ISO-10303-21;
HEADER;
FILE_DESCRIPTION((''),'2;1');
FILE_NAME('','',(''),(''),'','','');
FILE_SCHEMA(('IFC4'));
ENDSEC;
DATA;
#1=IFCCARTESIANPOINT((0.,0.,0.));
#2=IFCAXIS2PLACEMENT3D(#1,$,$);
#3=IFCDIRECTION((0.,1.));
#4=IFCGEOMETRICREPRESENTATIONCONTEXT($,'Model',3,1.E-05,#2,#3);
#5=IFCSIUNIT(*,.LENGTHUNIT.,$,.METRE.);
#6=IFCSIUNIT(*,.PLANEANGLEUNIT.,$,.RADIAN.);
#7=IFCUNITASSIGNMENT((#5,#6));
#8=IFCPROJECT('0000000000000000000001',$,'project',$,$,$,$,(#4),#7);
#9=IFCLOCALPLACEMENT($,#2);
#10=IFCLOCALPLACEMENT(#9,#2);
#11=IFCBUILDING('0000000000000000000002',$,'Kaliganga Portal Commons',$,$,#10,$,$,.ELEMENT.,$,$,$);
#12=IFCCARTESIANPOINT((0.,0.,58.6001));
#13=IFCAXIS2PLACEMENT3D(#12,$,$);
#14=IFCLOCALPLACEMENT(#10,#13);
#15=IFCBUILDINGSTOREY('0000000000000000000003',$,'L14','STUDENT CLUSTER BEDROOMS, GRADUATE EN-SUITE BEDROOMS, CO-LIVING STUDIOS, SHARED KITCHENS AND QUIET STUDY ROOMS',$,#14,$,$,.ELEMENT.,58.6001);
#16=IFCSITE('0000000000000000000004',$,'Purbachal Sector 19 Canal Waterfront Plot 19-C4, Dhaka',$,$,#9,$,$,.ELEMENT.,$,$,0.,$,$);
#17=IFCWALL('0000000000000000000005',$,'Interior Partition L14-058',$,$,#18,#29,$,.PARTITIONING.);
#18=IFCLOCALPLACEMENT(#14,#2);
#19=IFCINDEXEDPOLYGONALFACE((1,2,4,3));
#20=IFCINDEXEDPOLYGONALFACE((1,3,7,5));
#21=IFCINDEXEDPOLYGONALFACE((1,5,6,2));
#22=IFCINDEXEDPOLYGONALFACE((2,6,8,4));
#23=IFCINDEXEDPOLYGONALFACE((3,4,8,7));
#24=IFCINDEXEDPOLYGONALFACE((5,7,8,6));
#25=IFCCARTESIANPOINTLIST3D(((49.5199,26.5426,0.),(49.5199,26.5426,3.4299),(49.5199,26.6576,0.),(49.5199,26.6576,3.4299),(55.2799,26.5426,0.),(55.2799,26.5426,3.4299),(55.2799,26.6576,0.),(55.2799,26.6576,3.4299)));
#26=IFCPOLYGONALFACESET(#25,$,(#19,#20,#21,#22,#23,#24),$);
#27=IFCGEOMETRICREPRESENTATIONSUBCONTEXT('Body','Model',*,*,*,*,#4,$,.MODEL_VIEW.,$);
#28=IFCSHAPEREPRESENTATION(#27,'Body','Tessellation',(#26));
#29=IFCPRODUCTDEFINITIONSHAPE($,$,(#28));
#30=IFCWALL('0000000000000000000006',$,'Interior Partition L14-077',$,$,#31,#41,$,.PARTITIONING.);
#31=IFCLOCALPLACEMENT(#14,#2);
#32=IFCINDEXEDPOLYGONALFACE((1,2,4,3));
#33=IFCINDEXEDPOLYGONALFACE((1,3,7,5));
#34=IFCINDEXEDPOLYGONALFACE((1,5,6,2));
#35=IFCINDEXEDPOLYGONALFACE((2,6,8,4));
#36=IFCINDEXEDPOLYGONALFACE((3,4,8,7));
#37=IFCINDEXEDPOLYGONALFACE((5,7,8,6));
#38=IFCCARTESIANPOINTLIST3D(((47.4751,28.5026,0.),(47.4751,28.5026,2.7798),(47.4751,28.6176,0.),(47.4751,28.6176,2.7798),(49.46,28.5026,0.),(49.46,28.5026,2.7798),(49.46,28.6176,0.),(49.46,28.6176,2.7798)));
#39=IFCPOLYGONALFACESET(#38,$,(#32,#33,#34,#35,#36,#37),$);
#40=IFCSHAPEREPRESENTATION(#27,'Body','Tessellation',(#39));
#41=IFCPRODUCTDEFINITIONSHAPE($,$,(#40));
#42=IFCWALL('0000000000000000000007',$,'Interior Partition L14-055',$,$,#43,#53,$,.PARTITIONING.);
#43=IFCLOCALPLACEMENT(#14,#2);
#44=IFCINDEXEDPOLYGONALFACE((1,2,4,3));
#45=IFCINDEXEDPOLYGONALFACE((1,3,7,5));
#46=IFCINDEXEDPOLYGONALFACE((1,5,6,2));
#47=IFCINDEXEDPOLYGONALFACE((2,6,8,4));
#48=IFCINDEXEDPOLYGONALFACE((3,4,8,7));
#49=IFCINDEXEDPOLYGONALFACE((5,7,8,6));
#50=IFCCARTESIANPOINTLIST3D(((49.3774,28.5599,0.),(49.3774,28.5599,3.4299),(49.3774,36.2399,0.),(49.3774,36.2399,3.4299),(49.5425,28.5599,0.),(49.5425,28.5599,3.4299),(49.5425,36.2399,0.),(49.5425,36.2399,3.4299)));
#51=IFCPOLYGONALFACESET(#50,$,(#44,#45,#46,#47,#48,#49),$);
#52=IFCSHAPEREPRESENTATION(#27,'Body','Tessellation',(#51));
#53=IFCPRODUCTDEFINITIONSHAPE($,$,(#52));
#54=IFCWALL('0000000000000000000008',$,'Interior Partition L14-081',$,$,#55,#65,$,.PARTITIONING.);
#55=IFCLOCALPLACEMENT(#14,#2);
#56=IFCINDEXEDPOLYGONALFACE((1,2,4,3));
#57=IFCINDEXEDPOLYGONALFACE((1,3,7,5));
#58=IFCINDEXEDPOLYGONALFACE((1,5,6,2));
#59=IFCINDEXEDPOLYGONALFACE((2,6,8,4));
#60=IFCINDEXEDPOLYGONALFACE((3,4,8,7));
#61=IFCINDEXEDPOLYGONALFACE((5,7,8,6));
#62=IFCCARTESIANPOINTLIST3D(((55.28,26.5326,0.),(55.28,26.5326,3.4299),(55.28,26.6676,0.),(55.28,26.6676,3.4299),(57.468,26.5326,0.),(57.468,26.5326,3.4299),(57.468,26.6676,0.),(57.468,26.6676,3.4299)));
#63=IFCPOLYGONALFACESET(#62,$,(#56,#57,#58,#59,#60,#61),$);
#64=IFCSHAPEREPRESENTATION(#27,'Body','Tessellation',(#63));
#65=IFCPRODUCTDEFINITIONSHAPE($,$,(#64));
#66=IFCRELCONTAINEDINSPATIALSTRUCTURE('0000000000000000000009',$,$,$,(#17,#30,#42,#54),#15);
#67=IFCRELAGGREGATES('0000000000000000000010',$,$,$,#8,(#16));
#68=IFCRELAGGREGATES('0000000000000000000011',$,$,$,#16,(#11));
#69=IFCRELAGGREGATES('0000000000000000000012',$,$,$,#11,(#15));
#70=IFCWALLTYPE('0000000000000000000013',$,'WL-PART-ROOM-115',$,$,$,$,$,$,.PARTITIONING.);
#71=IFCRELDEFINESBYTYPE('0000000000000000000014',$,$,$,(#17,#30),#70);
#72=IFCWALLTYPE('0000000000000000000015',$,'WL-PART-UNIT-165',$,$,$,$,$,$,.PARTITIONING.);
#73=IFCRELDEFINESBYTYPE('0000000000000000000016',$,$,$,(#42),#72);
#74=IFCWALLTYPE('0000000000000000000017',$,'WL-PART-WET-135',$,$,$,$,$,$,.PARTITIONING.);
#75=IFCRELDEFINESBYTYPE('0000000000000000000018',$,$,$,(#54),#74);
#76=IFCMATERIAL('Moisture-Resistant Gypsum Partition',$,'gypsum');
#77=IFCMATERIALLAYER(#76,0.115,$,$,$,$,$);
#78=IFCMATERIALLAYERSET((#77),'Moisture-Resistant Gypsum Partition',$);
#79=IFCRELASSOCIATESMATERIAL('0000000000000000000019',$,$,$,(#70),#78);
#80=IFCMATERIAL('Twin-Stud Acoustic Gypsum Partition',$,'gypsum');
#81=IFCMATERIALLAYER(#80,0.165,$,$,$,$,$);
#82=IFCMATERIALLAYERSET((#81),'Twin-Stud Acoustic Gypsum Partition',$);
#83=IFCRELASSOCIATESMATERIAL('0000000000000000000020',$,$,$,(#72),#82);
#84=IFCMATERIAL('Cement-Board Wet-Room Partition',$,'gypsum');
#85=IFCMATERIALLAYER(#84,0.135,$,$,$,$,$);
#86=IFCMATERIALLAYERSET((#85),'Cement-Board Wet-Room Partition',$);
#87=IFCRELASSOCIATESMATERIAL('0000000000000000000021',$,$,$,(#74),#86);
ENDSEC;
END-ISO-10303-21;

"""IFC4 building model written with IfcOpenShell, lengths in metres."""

from ifc_helpers import new_model, si_unit, direction, frame, frame_2d, origin, place, context, subcontext, project, spatial, rectangle, extrude, material, layer, layer_set, type_object, element, save


model = new_model("IFC4")

# Units and contexts
model_context = context("Model", 3, precision=1e-05, world=origin(), true_north=direction((0.0, 1.0)))
body_context = subcontext(model_context, "Body", "Model", "MODEL_VIEW")
ifc_project = project(units=[si_unit("LENGTHUNIT", "METRE"), si_unit("PLANEANGLEUNIT", "RADIAN")], contexts=[model_context])

# Site, building, storey
site_placement = place(None, origin())
site = spatial("IfcSite", under=ifc_project, at=site_placement, Name="Purbachal Sector 19 Canal Waterfront Plot 19-C4, Dhaka", CompositionType="ELEMENT", RefElevation=0.0)
building_placement = place(site_placement, origin())
building = spatial("IfcBuilding", under=site, at=building_placement, Name="Kaliganga Portal Commons", CompositionType="ELEMENT")
storey_placement = place(building_placement, frame((0.0, 0.0, 58.6001)))
storey = spatial("IfcBuildingStorey", under=building, at=storey_placement, Name="L14", Description="STUDENT CLUSTER BEDROOMS, GRADUATE EN-SUITE BEDROOMS, CO-LIVING STUDIOS, SHARED KITCHENS AND QUIET STUDY ROOMS", CompositionType="ELEMENT", Elevation=58.6001)

# Walls
ifc_material_1 = material(Name="Moisture-Resistant Gypsum Partition", Category="gypsum")
ifc_layer_1 = layer(ifc_material_1, 0.115)
ifc_layer_set_1 = layer_set([ifc_layer_1], Name="Moisture-Resistant Gypsum Partition")
wall_type_1 = type_object("IfcWallType", Name="WL-PART-ROOM-115", PredefinedType="PARTITIONING", material=ifc_layer_set_1)
wall_1_placement = place(storey_placement, frame((49.52, 26.6001, 0.0), z_axis=(0.0, 0.0, 1.0), x_axis=(1.0, 0.0, 0.0)))
element("IfcWall", 1, at=wall_1_placement, inside=storey, type_object=wall_type_1, Name="Interior Partition L14-058", PredefinedType="PARTITIONING", context=body_context, shape_type="SweptSolid", body=[
    extrude(rectangle(XDim=5.76, YDim=0.115, at=frame_2d((2.8799, 0.0))), origin(), (0.0, 0.0, 1.0), 3.4299),
])
wall_2_placement = place(storey_placement, frame((47.4751, 28.5601, 0.0), z_axis=(0.0, 0.0, 1.0), x_axis=(1.0, 0.0, 0.0)))
element("IfcWall", 2, at=wall_2_placement, inside=storey, type_object=wall_type_1, Name="Interior Partition L14-077", PredefinedType="PARTITIONING", context=body_context, shape_type="SweptSolid", body=[
    extrude(rectangle(XDim=1.9849, YDim=0.115, at=frame_2d((0.9924, 0.0))), origin(), (0.0, 0.0, 1.0), 2.7798),
])
ifc_material_2 = material(Name="Twin-Stud Acoustic Gypsum Partition", Category="gypsum")
ifc_layer_2 = layer(ifc_material_2, 0.165)
ifc_layer_set_2 = layer_set([ifc_layer_2], Name="Twin-Stud Acoustic Gypsum Partition")
wall_type_2 = type_object("IfcWallType", Name="WL-PART-UNIT-165", PredefinedType="PARTITIONING", material=ifc_layer_set_2)
wall_3_placement = place(storey_placement, frame((49.46, 28.5601, 0.0), z_axis=(0.0, 0.0, 1.0), x_axis=(0.0, 1.0, 0.0)))
element("IfcWall", 3, at=wall_3_placement, inside=storey, type_object=wall_type_2, Name="Interior Partition L14-055", PredefinedType="PARTITIONING", context=body_context, shape_type="SweptSolid", body=[
    extrude(rectangle(XDim=7.6799, YDim=0.165, at=frame_2d((3.8398, 0.0))), origin(), (0.0, 0.0, 1.0), 3.4299),
])
ifc_material_3 = material(Name="Cement-Board Wet-Room Partition", Category="gypsum")
ifc_layer_3 = layer(ifc_material_3, 0.135)
ifc_layer_set_3 = layer_set([ifc_layer_3], Name="Cement-Board Wet-Room Partition")
wall_type_3 = type_object("IfcWallType", Name="WL-PART-WET-135", PredefinedType="PARTITIONING", material=ifc_layer_set_3)
wall_4_placement = place(storey_placement, frame((55.28, 26.6001, 0.0), z_axis=(0.0, 0.0, 1.0), x_axis=(1.0, 0.0, 0.0)))
element("IfcWall", 4, at=wall_4_placement, inside=storey, type_object=wall_type_3, Name="Interior Partition L14-081", PredefinedType="PARTITIONING", context=body_context, shape_type="SweptSolid", body=[
    extrude(rectangle(XDim=2.188, YDim=0.135, at=frame_2d((1.094, 0.0))), origin(), (0.0, 0.0, 1.0), 3.4299),
])

save(model, "model.ifc")
